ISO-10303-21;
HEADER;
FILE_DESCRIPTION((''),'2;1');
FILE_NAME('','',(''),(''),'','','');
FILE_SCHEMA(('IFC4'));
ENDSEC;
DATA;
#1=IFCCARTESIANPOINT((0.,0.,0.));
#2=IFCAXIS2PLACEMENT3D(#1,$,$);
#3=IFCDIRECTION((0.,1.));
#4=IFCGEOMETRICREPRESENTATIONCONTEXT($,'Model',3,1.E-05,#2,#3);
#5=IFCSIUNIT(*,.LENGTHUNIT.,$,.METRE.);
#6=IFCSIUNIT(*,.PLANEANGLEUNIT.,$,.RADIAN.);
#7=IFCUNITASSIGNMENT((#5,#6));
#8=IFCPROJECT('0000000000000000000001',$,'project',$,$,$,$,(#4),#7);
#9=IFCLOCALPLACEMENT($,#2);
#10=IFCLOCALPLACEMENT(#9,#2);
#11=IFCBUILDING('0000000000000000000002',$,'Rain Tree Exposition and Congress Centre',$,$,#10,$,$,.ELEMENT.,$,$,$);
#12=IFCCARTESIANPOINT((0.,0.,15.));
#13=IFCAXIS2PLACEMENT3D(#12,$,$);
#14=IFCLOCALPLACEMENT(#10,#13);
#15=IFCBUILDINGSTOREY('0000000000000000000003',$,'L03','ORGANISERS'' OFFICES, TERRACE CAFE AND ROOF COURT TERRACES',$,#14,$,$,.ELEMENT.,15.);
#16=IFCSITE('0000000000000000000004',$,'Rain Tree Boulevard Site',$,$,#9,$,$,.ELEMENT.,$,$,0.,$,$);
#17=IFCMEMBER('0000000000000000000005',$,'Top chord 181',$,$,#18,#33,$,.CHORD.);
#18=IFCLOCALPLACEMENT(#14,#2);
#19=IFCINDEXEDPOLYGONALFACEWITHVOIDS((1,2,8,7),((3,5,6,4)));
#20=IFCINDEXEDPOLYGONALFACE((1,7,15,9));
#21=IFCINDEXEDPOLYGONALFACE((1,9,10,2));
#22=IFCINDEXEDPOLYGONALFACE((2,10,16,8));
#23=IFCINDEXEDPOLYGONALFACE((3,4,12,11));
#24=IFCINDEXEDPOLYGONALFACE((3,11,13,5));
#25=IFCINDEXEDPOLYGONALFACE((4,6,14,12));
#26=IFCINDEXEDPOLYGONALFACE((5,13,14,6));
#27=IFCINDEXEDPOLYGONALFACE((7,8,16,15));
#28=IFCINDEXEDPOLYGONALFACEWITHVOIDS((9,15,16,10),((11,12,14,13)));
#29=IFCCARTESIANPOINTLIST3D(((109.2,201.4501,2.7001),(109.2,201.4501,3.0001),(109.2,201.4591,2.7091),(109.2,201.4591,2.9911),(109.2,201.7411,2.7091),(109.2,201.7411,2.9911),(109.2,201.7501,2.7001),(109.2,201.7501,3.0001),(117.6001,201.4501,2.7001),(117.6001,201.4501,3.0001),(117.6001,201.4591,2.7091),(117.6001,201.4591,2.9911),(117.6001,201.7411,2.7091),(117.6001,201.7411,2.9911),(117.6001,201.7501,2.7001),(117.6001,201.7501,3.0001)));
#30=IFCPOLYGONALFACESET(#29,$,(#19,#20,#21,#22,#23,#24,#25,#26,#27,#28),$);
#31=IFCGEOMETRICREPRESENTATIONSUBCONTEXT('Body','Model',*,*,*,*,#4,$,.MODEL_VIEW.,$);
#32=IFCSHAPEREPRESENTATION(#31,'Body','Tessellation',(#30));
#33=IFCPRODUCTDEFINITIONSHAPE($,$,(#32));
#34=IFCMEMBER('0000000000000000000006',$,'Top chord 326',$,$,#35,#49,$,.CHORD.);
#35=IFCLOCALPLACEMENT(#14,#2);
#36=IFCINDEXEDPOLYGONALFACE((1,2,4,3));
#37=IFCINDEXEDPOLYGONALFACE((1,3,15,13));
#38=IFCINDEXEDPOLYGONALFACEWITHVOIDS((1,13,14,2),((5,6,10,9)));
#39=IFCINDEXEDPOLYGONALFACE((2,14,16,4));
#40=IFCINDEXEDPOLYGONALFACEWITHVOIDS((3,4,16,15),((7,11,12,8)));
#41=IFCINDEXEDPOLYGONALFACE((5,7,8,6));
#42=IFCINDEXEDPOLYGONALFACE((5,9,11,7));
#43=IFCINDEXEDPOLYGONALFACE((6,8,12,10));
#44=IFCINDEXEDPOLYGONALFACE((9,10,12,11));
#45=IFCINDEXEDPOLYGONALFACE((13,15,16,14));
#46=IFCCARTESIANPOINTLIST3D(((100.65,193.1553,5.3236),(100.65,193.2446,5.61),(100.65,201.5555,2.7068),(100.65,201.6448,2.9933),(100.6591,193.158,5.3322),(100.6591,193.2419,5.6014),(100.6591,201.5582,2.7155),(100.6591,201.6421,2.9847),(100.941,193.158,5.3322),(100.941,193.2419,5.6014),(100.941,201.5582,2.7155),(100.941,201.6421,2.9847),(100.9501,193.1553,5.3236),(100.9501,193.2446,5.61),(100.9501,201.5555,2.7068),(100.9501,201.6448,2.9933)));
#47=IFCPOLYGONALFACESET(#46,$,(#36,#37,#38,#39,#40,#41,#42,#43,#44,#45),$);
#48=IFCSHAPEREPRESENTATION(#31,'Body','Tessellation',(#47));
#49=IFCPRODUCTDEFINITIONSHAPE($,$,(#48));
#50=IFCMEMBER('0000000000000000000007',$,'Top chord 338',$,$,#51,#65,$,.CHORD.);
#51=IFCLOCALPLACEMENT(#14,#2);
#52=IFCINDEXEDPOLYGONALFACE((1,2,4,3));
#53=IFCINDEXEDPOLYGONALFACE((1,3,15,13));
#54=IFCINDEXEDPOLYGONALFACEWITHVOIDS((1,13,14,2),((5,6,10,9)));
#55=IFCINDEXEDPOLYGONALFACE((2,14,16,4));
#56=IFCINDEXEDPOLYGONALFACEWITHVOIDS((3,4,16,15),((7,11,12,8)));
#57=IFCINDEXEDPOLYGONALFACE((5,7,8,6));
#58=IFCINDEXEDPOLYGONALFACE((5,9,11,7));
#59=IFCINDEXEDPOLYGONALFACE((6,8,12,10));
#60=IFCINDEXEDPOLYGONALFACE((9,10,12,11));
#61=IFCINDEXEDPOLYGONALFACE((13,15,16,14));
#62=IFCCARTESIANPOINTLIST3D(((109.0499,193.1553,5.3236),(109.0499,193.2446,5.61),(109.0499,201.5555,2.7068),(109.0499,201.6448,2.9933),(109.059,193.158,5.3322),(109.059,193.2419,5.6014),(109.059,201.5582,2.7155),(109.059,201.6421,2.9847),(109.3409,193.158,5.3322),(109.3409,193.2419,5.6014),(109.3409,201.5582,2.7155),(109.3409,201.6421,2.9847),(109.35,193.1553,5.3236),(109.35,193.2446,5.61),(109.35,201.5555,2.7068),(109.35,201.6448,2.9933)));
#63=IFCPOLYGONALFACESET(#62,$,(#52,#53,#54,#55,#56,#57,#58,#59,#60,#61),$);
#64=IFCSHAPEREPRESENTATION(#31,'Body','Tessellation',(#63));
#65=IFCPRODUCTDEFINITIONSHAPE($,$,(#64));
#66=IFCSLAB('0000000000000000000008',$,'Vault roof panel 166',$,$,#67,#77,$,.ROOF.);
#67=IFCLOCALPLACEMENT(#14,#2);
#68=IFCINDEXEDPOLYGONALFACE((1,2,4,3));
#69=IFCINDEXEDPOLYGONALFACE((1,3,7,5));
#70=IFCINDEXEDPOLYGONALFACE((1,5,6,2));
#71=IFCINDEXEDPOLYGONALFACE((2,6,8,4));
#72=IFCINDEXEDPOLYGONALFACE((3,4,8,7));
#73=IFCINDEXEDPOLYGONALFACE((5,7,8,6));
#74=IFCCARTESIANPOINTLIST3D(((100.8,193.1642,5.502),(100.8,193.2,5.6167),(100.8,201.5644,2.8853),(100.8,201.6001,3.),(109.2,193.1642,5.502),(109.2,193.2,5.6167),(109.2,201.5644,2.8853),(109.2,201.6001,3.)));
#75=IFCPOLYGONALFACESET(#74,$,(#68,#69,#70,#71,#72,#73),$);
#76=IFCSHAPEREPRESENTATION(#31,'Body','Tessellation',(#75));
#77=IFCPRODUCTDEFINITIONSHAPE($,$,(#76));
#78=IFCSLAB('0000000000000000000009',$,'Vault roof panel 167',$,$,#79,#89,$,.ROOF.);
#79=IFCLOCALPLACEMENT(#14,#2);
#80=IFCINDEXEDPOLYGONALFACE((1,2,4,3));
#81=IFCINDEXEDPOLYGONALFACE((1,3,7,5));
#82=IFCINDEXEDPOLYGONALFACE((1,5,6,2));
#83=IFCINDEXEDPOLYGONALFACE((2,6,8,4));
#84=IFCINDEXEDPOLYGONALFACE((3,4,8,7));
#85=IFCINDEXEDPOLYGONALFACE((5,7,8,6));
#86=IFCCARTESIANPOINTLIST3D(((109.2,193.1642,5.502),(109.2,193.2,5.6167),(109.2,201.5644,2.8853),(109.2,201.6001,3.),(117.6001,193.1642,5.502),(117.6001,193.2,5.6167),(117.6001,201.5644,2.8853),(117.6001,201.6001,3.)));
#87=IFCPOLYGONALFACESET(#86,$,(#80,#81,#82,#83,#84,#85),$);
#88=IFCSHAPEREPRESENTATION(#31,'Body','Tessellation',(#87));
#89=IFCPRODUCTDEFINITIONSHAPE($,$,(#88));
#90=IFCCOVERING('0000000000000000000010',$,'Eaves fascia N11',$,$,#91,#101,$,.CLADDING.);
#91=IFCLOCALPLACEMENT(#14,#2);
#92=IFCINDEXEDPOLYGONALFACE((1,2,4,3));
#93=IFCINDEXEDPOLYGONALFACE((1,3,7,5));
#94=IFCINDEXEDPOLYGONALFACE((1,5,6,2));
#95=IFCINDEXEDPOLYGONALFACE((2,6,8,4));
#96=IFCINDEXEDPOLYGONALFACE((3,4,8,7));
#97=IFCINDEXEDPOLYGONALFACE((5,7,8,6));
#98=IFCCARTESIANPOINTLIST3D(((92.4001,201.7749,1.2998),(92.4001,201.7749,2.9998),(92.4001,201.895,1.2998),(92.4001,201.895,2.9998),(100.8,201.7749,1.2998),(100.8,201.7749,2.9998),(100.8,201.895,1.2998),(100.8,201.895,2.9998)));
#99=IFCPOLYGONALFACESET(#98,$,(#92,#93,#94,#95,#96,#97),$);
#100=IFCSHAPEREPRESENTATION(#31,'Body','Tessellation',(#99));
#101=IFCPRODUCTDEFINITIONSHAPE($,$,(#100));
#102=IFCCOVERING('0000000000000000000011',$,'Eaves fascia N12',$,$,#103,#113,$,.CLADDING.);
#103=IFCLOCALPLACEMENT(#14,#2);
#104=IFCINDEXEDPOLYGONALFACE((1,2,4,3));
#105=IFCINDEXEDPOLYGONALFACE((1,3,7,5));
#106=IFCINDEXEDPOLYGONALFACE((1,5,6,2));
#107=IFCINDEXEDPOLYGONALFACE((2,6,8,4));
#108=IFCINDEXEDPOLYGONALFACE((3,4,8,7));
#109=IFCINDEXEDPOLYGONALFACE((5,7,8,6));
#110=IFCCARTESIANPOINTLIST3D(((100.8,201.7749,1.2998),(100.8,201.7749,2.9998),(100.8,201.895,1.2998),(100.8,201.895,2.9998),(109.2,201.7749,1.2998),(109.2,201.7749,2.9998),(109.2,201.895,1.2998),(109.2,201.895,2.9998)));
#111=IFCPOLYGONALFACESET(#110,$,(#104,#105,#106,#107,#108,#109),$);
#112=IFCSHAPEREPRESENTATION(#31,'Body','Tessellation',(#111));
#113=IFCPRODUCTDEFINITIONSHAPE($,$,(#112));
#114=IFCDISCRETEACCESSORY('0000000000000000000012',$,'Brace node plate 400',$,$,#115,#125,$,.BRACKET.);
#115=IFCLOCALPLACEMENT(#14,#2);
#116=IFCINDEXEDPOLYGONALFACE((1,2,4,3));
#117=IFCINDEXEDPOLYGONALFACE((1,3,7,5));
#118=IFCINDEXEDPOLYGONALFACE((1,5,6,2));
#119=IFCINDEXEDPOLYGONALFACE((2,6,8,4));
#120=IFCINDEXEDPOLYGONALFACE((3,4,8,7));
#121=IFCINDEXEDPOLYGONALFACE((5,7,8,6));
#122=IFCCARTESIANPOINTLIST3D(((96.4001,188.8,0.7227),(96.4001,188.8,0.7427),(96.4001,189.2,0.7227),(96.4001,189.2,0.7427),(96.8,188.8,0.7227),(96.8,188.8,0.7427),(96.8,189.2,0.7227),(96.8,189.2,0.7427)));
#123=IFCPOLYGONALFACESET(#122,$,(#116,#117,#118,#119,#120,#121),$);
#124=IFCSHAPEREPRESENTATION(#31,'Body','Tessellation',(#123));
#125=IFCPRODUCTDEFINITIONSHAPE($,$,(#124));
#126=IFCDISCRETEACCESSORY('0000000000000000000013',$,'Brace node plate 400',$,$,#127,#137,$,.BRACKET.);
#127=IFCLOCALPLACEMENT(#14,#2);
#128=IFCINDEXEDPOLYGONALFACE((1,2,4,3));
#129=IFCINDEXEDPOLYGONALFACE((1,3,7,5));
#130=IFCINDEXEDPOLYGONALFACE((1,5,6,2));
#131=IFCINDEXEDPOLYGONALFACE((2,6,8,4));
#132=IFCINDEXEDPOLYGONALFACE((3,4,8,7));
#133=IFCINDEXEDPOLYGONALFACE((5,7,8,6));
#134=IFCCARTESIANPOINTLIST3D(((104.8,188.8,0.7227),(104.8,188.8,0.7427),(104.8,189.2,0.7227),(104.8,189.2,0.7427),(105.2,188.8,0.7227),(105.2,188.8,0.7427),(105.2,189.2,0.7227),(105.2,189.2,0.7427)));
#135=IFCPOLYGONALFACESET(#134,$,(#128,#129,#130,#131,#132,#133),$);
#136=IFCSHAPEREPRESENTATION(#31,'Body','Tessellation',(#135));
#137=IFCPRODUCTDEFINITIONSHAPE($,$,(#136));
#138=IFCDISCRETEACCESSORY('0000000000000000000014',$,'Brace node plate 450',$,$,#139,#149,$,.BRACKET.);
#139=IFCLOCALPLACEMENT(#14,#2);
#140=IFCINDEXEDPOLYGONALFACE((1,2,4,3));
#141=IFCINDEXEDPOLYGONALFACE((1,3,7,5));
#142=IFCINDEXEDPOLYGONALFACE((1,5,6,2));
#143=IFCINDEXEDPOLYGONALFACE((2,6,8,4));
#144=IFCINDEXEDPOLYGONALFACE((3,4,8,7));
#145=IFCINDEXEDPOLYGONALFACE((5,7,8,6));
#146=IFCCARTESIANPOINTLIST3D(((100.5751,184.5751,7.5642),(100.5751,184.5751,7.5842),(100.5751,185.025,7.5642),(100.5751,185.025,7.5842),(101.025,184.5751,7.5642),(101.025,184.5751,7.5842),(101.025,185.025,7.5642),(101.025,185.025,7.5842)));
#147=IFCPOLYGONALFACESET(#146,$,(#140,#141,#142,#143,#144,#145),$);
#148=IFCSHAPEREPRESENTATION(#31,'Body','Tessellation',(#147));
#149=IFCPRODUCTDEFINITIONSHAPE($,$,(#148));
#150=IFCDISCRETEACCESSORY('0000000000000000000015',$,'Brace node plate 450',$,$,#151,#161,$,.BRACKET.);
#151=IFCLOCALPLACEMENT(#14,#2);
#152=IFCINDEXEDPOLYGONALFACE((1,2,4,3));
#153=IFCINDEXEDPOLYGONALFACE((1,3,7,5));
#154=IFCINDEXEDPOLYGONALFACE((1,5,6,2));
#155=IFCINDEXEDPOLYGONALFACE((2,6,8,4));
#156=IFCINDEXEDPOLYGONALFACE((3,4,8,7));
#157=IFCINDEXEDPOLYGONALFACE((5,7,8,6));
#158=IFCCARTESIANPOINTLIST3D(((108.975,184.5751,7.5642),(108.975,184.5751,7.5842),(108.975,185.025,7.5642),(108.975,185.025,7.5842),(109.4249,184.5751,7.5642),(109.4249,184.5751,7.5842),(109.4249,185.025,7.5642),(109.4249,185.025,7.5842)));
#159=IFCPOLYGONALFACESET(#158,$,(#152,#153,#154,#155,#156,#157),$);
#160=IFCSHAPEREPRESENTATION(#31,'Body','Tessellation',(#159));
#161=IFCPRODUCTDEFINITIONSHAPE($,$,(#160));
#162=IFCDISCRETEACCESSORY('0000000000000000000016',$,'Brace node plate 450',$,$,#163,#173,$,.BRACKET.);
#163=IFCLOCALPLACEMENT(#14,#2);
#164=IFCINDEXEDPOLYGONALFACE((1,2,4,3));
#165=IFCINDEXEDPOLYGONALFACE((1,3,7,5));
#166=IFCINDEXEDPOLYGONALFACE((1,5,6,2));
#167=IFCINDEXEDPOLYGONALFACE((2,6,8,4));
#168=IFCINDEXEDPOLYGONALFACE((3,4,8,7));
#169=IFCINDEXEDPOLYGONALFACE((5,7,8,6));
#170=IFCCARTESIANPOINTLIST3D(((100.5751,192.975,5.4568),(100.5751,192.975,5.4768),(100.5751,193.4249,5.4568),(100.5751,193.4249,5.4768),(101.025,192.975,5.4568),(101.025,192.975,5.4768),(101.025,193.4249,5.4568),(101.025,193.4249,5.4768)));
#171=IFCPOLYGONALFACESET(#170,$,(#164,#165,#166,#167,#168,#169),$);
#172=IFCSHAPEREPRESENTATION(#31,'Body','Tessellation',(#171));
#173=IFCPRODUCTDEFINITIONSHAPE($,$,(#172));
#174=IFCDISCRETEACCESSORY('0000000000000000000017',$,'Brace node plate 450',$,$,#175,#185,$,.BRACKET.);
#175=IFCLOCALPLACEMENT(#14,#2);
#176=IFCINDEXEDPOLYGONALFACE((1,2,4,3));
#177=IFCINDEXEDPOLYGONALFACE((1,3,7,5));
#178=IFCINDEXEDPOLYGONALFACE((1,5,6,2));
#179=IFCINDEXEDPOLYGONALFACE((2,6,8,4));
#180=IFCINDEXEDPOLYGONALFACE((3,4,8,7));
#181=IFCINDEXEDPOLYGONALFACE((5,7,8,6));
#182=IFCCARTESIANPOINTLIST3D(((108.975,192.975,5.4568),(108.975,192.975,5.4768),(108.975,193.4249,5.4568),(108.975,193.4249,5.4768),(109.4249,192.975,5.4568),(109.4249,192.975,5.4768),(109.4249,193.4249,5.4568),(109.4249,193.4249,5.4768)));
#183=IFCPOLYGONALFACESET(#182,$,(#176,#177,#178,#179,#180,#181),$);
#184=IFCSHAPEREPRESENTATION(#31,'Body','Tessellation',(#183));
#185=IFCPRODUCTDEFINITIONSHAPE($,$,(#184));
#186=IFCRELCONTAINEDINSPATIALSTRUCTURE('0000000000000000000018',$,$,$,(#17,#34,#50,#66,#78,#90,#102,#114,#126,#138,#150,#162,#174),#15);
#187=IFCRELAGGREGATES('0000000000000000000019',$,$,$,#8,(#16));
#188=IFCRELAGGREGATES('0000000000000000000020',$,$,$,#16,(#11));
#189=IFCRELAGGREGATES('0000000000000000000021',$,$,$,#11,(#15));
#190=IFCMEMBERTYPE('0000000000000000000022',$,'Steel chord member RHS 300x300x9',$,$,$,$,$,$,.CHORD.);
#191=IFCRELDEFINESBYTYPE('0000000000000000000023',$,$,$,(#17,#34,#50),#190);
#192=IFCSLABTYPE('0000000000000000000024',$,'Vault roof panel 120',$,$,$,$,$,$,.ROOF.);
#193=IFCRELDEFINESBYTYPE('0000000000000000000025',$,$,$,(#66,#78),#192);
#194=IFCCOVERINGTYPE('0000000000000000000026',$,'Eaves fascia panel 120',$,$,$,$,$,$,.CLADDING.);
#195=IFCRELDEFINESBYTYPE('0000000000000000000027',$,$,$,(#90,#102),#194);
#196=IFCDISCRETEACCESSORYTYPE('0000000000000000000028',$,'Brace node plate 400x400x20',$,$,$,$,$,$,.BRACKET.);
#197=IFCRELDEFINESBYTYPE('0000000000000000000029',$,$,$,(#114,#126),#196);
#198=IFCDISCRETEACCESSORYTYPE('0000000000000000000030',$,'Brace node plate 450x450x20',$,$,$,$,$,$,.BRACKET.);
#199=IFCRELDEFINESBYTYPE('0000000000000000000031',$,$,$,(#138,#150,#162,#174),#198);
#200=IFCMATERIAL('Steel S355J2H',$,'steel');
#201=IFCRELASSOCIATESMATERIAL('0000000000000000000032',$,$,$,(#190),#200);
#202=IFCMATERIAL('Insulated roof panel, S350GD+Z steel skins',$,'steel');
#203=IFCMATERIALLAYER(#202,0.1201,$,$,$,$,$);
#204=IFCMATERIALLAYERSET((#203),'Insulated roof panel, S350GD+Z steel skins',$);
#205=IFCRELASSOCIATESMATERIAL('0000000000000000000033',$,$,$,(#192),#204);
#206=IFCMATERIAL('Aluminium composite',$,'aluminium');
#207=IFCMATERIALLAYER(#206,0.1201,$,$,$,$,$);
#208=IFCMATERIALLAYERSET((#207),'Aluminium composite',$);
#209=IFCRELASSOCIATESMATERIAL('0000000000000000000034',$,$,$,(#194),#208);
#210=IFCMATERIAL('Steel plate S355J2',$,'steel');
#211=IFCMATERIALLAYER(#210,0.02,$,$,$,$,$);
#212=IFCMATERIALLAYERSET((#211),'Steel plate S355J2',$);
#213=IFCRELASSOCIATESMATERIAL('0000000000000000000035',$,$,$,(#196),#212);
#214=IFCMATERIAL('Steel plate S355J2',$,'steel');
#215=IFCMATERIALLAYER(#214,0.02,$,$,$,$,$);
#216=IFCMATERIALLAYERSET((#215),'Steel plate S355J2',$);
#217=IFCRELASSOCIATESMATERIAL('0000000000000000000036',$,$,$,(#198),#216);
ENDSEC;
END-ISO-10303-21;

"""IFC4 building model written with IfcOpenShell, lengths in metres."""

from ifc_helpers import new_model, si_unit, direction, frame, origin, origin_2d, place, context, subcontext, project, spatial, polyline, rectangle, hollow_rectangle, outline, extrude, material, layer, layer_set, material_profile, profile_set, type_object, element, save


model = new_model("IFC4")

# Units and contexts
model_context = context("Model", 3, precision=1e-05, world=origin(), true_north=direction((0.0, 1.0)))
body_context = subcontext(model_context, "Body", "Model", "MODEL_VIEW")
ifc_project = project(units=[si_unit("LENGTHUNIT", "METRE"), si_unit("PLANEANGLEUNIT", "RADIAN")], contexts=[model_context])

# Site, building, storey
site_placement = place(None, origin())
site = spatial("IfcSite", under=ifc_project, at=site_placement, Name="Rain Tree Boulevard Site", CompositionType="ELEMENT", RefElevation=0.0)
building_placement = place(site_placement, origin())
building = spatial("IfcBuilding", under=site, at=building_placement, Name="Rain Tree Exposition and Congress Centre", CompositionType="ELEMENT")
storey_placement = place(building_placement, frame((0.0, 0.0, 15.0)))
storey = spatial("IfcBuildingStorey", under=building, at=storey_placement, Name="L03", Description="ORGANISERS' OFFICES, TERRACE CAFE AND ROOF COURT TERRACES", CompositionType="ELEMENT", Elevation=15.0)

# Members
ifc_material_1 = material(Name="Steel S355J2H", Category="steel")
ifc_material_profile_1 = material_profile(ifc_material_1, hollow_rectangle(XDim=0.3, YDim=0.3, WallThickness=0.009, at=origin_2d()), Name="RHS 300x300x9")
ifc_profile_set_1 = profile_set([ifc_material_profile_1], Name="Steel S355J2H")
member_type_1 = type_object("IfcMemberType", Name="Steel chord member RHS 300x300x9", PredefinedType="CHORD", material=ifc_profile_set_1)
member_1_placement = place(storey_placement, frame((109.2, 201.6001, 2.8501), z_axis=(1.0, 0.0, 0.0), x_axis=(0.0, 1.0, 0.0)))
element("IfcMember", 1, at=member_1_placement, inside=storey, type_object=member_type_1, Name="Top chord 181", PredefinedType="CHORD", context=body_context, shape_type="SweptSolid", body=[
    extrude(hollow_rectangle(XDim=0.3, YDim=0.3, WallThickness=0.009, at=origin_2d()), origin(), (0.0, 0.0, 1.0), 8.4001),
])
for number, where, z_axis, x_axis, name in (
    (2, (100.8, 193.2, 5.4668), (0.0, 0.95475, -0.297411), (-1.0, 0.0, 0.0), "Top chord 326"),
    (3, (109.2, 193.2, 5.4668), (0.0, 0.95475, -0.297411), (-1.0, 0.0, 0.0), "Top chord 338"),
):
    element("IfcMember", number, at=place(storey_placement, frame(where, z_axis=z_axis, x_axis=x_axis)), inside=storey, type_object=member_type_1, Name=name, PredefinedType="CHORD", context=body_context, shape_type="SweptSolid", body=[
        extrude(hollow_rectangle(XDim=0.3, YDim=0.3, WallThickness=0.009, at=origin_2d()), origin(), (0.0, 0.0, 1.0), 8.7983),
    ])

# Slabs
ifc_material_2 = material(Name="Insulated roof panel, S350GD+Z steel skins", Category="steel")
ifc_layer_1 = layer(ifc_material_2, 0.1201)
ifc_layer_set_1 = layer_set([ifc_layer_1], Name="Insulated roof panel, S350GD+Z steel skins")
slab_type = type_object("IfcSlabType", Name="Vault roof panel 120", PredefinedType="ROOF", material=ifc_layer_set_1)
slab_1_placement = place(storey_placement, frame((100.8, 193.2, 5.6167), z_axis=(0.0, 0.297411, 0.95475), x_axis=(1.0, 0.0, 0.0)))
element("IfcSlab", 4, at=slab_1_placement, inside=storey, type_object=slab_type, Name="Vault roof panel 166", PredefinedType="ROOF", context=body_context, shape_type="SweptSolid", body=[
    extrude(outline(polyline([(0.0, 0.0), (8.3999, 0.0), (8.3999, 8.7983), (0.0, 8.7983), (0.0, 0.0)])), origin(), (0.0, 0.0, -1.0), 0.1201),
])
slab_2_placement = place(storey_placement, frame((109.2, 193.2, 5.6167), z_axis=(0.0, 0.297411, 0.95475), x_axis=(1.0, 0.0, 0.0)))
element("IfcSlab", 5, at=slab_2_placement, inside=storey, type_object=slab_type, Name="Vault roof panel 167", PredefinedType="ROOF", context=body_context, shape_type="SweptSolid", body=[
    extrude(outline(polyline([(0.0, 0.0), (8.4001, 0.0), (8.4001, 8.7983), (0.0, 8.7983), (0.0, 0.0)])), origin(), (0.0, 0.0, -1.0), 0.1201),
])

# Coverings
ifc_material_3 = material(Name="Aluminium composite", Category="aluminium")
ifc_layer_2 = layer(ifc_material_3, 0.1201)
ifc_layer_set_2 = layer_set([ifc_layer_2], Name="Aluminium composite")
covering_type = type_object("IfcCoveringType", Name="Eaves fascia panel 120", PredefinedType="CLADDING", material=ifc_layer_set_2)
for number, where, z_axis, x_axis, name in (
    (6, (96.6001, 201.835, 1.2998), (0.0, 0.0, 1.0), (1.0, 0.0, 0.0), "Eaves fascia N11"),
    (7, (105.0, 201.835, 1.2998), (0.0, 0.0, 1.0), (1.0, 0.0, 0.0), "Eaves fascia N12"),
):
    element("IfcCovering", number, at=place(storey_placement, frame(where, z_axis=z_axis, x_axis=x_axis)), inside=storey, type_object=covering_type, Name=name, PredefinedType="CLADDING", context=body_context, shape_type="SweptSolid", body=[
        extrude(rectangle(XDim=8.3999, YDim=0.1201, at=origin_2d()), origin(), (0.0, 0.0, 1.0), 1.7),
    ])

# Discrete accessories
ifc_material_4 = material(Name="Steel plate S355J2", Category="steel")
ifc_layer_3 = layer(ifc_material_4, 0.02)
ifc_layer_set_3 = layer_set([ifc_layer_3], Name="Steel plate S355J2")
discrete_accessory_type_1 = type_object("IfcDiscreteAccessoryType", Name="Brace node plate 400x400x20", PredefinedType="BRACKET", material=ifc_layer_set_3)
for number, where, z_axis, x_axis, name in (
    (8, (96.6001, 189.0, 0.7227), (0.0, 0.0, 1.0), (1.0, 0.0, 0.0), "Brace node plate 400"),
    (9, (105.0, 189.0, 0.7227), (0.0, 0.0, 1.0), (1.0, 0.0, 0.0), "Brace node plate 400"),
):
    element("IfcDiscreteAccessory", number, at=place(storey_placement, frame(where, z_axis=z_axis, x_axis=x_axis)), inside=storey, type_object=discrete_accessory_type_1, Name=name, PredefinedType="BRACKET", context=body_context, shape_type="SweptSolid", body=[
        extrude(rectangle(XDim=0.3999, YDim=0.3999, at=origin_2d()), origin(), (0.0, 0.0, 1.0), 0.02),
    ])
ifc_material_5 = material(Name="Steel plate S355J2", Category="steel")
ifc_layer_4 = layer(ifc_material_5, 0.02)
ifc_layer_set_4 = layer_set([ifc_layer_4], Name="Steel plate S355J2")
discrete_accessory_type_2 = type_object("IfcDiscreteAccessoryType", Name="Brace node plate 450x450x20", PredefinedType="BRACKET", material=ifc_layer_set_4)
for number, where, z_axis, x_axis, name in (
    (10, (100.8, 184.8, 7.5642), (0.0, 0.0, 1.0), (1.0, 0.0, 0.0), "Brace node plate 450"),
    (11, (109.2, 184.8, 7.5642), (0.0, 0.0, 1.0), (1.0, 0.0, 0.0), "Brace node plate 450"),
    (12, (100.8, 193.2, 5.4568), (0.0, 0.0, 1.0), (1.0, 0.0, 0.0), "Brace node plate 450"),
    (13, (109.2, 193.2, 5.4568), (0.0, 0.0, 1.0), (1.0, 0.0, 0.0), "Brace node plate 450"),
):
    element("IfcDiscreteAccessory", number, at=place(storey_placement, frame(where, z_axis=z_axis, x_axis=x_axis)), inside=storey, type_object=discrete_accessory_type_2, Name=name, PredefinedType="BRACKET", context=body_context, shape_type="SweptSolid", body=[
        extrude(rectangle(XDim=0.45, YDim=0.45, at=origin_2d()), origin(), (0.0, 0.0, 1.0), 0.02),
    ])

save(model, "model.ifc")
